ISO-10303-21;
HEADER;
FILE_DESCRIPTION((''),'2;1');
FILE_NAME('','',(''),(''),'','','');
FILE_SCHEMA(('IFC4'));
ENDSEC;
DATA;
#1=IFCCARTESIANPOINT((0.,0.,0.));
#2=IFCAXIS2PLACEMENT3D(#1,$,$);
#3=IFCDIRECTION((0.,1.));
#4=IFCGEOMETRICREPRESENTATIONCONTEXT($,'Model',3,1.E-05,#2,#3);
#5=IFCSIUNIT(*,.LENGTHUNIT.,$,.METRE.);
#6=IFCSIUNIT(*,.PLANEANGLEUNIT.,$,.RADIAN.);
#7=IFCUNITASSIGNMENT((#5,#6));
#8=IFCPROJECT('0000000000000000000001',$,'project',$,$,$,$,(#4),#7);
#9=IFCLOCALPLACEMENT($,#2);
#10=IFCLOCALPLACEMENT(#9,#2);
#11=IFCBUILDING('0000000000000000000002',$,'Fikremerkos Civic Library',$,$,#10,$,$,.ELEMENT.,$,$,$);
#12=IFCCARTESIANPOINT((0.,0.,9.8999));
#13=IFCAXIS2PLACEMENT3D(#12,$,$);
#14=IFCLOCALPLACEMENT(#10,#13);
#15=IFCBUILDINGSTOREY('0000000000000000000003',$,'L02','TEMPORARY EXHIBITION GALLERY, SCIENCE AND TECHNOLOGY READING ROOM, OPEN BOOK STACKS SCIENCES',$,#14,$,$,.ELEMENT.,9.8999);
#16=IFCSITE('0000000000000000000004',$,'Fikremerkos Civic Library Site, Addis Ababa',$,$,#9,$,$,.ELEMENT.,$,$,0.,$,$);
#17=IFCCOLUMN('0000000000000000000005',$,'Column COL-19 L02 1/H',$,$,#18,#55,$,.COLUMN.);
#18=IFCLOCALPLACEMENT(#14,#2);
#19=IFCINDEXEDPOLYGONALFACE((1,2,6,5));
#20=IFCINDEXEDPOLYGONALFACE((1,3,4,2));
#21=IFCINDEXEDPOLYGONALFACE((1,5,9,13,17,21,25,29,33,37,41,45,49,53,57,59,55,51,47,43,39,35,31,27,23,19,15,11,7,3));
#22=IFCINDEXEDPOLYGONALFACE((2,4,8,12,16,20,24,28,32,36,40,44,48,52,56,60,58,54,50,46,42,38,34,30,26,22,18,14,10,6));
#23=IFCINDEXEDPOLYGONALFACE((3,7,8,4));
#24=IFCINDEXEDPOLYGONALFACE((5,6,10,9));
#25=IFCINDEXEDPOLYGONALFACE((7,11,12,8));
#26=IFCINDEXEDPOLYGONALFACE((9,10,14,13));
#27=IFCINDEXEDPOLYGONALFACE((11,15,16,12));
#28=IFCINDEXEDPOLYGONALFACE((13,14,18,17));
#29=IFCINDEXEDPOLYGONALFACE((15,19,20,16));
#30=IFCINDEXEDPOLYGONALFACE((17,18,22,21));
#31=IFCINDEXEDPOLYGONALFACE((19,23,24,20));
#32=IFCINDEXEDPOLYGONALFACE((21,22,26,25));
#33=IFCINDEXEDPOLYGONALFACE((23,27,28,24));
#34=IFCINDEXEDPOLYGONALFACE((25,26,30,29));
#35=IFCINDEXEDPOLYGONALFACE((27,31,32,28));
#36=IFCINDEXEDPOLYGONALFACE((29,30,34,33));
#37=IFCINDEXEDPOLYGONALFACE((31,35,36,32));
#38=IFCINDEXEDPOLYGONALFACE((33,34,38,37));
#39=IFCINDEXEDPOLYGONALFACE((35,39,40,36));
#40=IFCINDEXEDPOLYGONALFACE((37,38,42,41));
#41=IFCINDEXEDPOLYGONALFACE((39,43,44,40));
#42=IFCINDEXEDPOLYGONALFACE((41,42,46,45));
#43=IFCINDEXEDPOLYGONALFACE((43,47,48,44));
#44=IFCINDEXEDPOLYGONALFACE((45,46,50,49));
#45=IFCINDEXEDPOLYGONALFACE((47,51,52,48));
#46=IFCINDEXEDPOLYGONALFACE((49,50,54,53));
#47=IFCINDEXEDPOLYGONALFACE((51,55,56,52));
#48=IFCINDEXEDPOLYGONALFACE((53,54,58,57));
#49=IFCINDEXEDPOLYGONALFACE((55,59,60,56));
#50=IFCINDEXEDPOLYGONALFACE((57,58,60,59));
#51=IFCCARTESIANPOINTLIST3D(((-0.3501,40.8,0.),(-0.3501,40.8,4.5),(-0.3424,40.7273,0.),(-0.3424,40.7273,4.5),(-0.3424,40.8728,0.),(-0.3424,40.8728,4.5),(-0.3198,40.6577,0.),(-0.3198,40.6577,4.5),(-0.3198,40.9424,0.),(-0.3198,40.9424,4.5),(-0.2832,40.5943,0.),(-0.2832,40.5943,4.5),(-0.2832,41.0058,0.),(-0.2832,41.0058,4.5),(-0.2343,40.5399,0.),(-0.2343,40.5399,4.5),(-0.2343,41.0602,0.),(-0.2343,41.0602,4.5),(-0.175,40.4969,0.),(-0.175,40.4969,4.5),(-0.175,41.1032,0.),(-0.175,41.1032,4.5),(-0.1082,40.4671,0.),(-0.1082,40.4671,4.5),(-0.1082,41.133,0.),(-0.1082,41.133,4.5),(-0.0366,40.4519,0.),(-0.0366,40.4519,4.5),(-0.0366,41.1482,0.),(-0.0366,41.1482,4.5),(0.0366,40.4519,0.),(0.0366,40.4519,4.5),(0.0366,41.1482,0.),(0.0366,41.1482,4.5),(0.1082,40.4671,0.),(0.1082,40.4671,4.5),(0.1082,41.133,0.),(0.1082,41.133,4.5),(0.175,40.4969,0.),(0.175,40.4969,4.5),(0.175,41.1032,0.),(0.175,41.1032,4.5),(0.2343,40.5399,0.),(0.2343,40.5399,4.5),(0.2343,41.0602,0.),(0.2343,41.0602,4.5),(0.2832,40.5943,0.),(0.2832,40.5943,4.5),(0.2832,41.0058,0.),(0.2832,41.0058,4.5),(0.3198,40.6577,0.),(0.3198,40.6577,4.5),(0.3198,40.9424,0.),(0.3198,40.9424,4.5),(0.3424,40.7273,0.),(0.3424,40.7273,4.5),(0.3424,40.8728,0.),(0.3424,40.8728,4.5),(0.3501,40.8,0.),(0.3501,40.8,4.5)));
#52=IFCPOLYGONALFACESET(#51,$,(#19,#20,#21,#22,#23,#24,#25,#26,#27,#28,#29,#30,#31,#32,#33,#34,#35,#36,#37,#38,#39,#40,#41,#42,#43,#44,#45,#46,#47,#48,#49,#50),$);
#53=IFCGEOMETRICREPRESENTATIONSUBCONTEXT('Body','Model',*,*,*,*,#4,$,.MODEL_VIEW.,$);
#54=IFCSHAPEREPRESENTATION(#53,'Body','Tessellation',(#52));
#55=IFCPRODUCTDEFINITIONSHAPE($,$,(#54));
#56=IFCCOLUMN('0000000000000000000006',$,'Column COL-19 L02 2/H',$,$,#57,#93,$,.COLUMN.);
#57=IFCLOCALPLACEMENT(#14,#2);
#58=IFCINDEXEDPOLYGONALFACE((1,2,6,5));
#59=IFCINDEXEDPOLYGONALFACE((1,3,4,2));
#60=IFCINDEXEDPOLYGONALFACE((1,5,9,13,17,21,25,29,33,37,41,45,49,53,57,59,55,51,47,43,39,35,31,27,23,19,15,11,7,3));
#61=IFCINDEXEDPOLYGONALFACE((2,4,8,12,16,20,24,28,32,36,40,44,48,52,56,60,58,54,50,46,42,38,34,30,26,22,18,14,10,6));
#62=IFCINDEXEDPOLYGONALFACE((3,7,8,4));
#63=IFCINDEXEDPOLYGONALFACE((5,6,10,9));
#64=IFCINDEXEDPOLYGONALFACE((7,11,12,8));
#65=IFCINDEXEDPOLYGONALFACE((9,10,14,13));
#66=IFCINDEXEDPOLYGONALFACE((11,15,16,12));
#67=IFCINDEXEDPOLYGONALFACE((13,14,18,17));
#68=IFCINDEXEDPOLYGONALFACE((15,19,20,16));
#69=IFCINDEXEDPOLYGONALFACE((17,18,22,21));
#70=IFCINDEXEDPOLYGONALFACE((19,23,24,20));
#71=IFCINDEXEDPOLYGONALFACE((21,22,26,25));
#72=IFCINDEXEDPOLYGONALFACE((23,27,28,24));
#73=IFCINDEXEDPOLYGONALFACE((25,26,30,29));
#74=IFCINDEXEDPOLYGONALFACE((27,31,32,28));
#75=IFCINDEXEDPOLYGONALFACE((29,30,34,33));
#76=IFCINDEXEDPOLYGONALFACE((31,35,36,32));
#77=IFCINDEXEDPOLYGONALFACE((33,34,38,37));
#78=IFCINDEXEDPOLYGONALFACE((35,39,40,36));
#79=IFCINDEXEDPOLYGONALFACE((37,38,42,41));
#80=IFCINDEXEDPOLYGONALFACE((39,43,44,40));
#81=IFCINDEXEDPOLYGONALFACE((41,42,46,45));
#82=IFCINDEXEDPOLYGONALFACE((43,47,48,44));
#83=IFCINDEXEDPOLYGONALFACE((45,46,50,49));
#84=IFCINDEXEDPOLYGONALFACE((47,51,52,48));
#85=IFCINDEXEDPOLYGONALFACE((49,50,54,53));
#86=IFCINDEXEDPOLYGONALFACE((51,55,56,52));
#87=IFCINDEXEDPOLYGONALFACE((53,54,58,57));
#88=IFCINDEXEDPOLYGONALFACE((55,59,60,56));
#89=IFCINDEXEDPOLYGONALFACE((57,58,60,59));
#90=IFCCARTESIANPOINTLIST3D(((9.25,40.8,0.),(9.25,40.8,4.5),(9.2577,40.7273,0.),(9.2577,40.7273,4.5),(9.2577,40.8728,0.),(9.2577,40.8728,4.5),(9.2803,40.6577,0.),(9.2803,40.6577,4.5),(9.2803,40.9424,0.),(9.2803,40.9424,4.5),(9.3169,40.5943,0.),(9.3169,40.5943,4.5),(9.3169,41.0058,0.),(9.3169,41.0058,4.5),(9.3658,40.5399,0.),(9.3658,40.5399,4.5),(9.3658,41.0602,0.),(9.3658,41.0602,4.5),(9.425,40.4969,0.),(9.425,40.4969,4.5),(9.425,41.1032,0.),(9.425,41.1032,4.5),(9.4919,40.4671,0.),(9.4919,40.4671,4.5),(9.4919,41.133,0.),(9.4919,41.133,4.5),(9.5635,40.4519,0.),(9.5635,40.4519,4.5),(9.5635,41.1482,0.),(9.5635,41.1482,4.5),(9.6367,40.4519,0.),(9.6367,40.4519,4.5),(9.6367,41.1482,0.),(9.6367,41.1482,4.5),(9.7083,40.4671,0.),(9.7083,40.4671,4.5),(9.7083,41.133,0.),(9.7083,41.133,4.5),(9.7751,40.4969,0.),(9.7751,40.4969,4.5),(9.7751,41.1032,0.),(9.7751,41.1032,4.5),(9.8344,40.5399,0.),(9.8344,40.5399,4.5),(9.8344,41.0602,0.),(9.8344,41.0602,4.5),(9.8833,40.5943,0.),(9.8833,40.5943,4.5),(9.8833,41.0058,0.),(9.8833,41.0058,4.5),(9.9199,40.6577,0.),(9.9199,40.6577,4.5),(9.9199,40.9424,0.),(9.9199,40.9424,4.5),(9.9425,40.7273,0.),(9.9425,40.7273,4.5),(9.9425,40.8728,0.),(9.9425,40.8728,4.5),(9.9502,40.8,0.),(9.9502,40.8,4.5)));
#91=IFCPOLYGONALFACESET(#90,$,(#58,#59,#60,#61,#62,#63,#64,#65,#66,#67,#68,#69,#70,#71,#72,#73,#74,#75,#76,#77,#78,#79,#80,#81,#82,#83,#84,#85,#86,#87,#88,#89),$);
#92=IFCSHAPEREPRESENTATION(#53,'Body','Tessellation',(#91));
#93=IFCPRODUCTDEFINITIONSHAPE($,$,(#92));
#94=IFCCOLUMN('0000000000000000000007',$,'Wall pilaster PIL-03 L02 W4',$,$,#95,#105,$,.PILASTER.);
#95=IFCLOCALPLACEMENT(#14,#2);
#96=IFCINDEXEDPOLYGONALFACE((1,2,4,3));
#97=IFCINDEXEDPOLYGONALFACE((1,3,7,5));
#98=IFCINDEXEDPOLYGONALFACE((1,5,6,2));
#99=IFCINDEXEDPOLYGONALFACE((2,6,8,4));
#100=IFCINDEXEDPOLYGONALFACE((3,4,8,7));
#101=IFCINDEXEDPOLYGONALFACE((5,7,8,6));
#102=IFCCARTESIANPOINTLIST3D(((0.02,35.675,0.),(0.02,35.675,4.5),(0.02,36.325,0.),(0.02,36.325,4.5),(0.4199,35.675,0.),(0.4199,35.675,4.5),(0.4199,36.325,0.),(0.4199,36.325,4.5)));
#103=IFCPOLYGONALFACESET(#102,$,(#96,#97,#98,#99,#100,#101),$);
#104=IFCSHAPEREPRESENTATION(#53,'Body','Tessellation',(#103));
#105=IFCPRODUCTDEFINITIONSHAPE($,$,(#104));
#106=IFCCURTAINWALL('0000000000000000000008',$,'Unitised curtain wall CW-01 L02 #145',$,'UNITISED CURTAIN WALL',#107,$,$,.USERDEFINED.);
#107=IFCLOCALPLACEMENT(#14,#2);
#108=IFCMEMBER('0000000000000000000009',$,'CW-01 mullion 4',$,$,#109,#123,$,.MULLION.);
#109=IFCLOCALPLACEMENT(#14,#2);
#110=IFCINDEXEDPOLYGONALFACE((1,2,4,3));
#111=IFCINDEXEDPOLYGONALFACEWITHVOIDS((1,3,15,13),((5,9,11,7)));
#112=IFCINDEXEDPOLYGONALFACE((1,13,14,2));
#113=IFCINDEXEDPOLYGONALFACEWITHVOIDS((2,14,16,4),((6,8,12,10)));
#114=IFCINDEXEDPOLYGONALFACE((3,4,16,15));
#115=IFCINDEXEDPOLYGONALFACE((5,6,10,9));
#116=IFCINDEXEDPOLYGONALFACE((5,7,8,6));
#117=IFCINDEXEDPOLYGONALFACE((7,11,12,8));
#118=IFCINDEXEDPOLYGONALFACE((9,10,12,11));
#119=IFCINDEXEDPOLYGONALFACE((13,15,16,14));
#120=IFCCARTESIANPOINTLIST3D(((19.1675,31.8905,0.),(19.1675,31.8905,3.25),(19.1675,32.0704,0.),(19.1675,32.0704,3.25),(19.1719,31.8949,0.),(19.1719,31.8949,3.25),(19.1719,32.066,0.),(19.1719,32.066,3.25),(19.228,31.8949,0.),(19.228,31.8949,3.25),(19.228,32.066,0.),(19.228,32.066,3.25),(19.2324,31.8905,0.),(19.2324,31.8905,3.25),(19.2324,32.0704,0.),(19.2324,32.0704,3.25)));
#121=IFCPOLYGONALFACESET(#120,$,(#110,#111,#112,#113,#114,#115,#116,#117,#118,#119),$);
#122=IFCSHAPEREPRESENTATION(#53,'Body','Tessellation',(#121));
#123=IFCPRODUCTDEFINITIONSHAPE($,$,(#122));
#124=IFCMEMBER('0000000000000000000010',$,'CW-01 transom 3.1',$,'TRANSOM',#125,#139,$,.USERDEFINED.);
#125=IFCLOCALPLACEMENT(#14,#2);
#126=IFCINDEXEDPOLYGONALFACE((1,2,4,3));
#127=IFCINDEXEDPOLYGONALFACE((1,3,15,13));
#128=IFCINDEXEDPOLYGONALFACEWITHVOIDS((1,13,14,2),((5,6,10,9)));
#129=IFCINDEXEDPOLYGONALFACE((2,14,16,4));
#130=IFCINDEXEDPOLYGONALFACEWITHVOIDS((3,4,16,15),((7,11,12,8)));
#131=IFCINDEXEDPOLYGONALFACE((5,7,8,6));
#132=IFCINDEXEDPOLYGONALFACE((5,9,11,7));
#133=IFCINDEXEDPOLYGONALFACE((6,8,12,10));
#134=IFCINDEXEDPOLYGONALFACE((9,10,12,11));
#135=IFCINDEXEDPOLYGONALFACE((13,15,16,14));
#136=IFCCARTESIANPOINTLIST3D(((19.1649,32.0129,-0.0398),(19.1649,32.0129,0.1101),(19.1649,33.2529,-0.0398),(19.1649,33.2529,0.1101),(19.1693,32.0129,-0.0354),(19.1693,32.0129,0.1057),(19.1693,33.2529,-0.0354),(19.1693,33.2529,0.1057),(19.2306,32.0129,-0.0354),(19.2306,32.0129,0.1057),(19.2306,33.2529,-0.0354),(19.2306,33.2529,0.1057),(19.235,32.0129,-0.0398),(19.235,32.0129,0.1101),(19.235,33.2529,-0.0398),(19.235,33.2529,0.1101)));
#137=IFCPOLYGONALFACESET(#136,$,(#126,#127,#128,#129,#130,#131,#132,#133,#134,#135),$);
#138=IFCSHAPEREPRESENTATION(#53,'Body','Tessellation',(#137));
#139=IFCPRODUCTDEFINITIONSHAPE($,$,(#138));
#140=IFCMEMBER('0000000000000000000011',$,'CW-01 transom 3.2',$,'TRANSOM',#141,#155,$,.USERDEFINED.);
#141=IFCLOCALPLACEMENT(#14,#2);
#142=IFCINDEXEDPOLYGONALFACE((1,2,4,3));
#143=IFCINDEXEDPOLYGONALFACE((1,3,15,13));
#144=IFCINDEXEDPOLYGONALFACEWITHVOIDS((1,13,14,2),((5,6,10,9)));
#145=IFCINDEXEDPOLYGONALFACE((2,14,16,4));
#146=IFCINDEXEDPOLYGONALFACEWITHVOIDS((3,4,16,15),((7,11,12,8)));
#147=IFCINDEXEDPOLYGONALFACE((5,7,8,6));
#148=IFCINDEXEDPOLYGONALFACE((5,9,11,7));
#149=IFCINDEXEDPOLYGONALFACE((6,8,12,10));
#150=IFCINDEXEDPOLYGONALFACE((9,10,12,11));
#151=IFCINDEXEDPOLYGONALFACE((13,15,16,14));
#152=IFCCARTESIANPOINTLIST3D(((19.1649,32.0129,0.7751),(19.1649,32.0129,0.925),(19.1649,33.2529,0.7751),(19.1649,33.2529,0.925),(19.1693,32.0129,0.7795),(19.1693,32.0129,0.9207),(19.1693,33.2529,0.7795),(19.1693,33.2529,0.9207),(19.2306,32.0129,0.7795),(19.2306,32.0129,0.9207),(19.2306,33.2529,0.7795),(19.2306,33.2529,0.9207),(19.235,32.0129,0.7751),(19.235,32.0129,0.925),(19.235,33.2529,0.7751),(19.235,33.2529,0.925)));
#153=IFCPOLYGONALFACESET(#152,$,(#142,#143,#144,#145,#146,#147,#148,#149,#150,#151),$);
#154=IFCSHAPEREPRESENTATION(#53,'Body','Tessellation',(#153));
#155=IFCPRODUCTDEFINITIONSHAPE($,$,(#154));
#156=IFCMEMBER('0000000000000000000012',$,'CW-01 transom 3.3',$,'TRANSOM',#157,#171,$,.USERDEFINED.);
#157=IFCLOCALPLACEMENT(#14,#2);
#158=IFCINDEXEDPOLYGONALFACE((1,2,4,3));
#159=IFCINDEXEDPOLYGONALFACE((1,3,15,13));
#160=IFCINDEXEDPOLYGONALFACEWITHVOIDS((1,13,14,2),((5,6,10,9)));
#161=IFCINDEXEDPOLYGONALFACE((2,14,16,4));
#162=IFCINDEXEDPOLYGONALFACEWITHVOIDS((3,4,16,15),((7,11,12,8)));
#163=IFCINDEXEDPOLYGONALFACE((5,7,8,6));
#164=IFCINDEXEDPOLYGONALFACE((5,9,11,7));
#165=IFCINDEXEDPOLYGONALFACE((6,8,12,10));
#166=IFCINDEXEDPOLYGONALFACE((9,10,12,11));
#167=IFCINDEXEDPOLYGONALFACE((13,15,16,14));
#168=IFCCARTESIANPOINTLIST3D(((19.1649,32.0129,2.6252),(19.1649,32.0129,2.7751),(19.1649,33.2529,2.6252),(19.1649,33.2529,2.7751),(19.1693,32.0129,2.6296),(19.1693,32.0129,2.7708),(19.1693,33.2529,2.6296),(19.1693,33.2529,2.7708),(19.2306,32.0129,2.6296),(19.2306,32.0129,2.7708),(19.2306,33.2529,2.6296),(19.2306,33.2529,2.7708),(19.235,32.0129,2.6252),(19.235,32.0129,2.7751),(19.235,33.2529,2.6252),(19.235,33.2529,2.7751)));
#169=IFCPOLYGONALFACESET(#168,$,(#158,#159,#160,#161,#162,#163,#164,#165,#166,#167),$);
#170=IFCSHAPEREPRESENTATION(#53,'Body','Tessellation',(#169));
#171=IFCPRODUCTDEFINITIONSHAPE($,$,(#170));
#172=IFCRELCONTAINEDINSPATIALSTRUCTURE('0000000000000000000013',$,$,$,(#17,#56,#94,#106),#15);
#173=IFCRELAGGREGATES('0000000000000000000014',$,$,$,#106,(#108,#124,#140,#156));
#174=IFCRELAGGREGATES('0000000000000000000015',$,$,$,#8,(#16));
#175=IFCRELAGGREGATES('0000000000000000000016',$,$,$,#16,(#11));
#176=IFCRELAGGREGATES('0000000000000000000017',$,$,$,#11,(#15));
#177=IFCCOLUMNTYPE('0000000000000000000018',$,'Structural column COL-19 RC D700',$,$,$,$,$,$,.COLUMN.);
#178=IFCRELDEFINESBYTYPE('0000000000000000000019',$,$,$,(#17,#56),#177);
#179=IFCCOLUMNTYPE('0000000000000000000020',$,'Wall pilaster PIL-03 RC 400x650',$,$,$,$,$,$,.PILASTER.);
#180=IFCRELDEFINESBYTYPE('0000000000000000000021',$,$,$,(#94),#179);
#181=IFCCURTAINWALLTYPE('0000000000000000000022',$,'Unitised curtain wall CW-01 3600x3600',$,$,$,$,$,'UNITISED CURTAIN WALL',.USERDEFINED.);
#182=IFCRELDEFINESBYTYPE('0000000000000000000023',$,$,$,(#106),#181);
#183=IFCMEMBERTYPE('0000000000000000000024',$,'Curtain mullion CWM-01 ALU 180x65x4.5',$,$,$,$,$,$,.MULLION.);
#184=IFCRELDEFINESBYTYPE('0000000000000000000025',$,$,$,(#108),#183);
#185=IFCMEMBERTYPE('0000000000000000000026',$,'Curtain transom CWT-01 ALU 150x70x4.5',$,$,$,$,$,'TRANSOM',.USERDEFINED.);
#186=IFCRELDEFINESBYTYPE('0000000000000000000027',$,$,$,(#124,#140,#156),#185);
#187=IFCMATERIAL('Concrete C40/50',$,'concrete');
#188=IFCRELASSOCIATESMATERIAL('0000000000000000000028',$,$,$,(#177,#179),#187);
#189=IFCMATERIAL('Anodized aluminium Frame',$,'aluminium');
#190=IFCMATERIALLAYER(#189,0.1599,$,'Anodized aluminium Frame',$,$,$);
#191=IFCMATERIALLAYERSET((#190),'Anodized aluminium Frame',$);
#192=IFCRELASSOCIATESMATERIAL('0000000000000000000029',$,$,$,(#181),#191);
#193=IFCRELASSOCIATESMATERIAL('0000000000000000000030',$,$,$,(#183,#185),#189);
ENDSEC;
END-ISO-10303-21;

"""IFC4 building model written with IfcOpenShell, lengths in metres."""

from ifc_helpers import new_model, si_unit, direction, frame, origin, origin_2d, place, context, subcontext, project, spatial, rectangle, hollow_rectangle, circle, extrude, material, layer, layer_set, material_profile, profile_set, type_object, element, aggregate, save


model = new_model("IFC4")

# Units and contexts
model_context = context("Model", 3, precision=1e-05, world=origin(), true_north=direction((0.0, 1.0)))
body_context = subcontext(model_context, "Body", "Model", "MODEL_VIEW")
ifc_project = project(units=[si_unit("LENGTHUNIT", "METRE"), si_unit("PLANEANGLEUNIT", "RADIAN")], contexts=[model_context])

# Site, building, storey
site_placement = place(None, origin())
site = spatial("IfcSite", under=ifc_project, at=site_placement, Name="Fikremerkos Civic Library Site, Addis Ababa", CompositionType="ELEMENT", RefElevation=0.0)
building_placement = place(site_placement, origin())
building = spatial("IfcBuilding", under=site, at=building_placement, Name="Fikremerkos Civic Library", CompositionType="ELEMENT")
storey_placement = place(building_placement, frame((0.0, 0.0, 9.8999)))
storey = spatial("IfcBuildingStorey", under=building, at=storey_placement, Name="L02", Description="TEMPORARY EXHIBITION GALLERY, SCIENCE AND TECHNOLOGY READING ROOM, OPEN BOOK STACKS SCIENCES", CompositionType="ELEMENT", Elevation=9.8999)

# Columns
ifc_material_1 = material(Name="Concrete C40/50", Category="concrete")
ifc_material_profile_1 = material_profile(ifc_material_1, circle(Radius=0.3501, at=origin_2d()), Name="RC D700")
ifc_profile_set_1 = profile_set([ifc_material_profile_1], Name="Concrete C40/50")
column_type_1 = type_object("IfcColumnType", Name="Structural column COL-19 RC D700", PredefinedType="COLUMN", material=ifc_profile_set_1)
for number, where, z_axis, x_axis, name in (
    (1, (0.0, 40.8, 0.0), (0.0, 0.0, 1.0), (1.0, 0.0, 0.0), "Column COL-19 L02 1/H"),
    (2, (9.6001, 40.8, 0.0), (0.0, 0.0, 1.0), (1.0, 0.0, 0.0), "Column COL-19 L02 2/H"),
):
    element("IfcColumn", number, at=place(storey_placement, frame(where, z_axis=z_axis, x_axis=x_axis)), inside=storey, type_object=column_type_1, Name=name, PredefinedType="COLUMN", context=body_context, shape_type="SweptSolid", body=[
        extrude(circle(Radius=0.3501, at=origin_2d()), origin(), (0.0, 0.0, 1.0), 4.5),
    ])
ifc_material_profile_2 = material_profile(ifc_material_1, rectangle(XDim=0.3999, YDim=0.6499, at=origin_2d()), Name="RC 400x650")
ifc_profile_set_2 = profile_set([ifc_material_profile_2], Name="Concrete C40/50")
column_type_2 = type_object("IfcColumnType", Name="Wall pilaster PIL-03 RC 400x650", PredefinedType="PILASTER", material=ifc_profile_set_2)
column_placement = place(storey_placement, frame((0.22, 36.0, 0.0), z_axis=(0.0, 0.0, 1.0), x_axis=(1.0, 0.0, 0.0)))
element("IfcColumn", 3, at=column_placement, inside=storey, type_object=column_type_2, Name="Wall pilaster PIL-03 L02 W4", PredefinedType="PILASTER", context=body_context, shape_type="SweptSolid", body=[
    extrude(rectangle(XDim=0.3999, YDim=0.6499, at=origin_2d()), origin(), (0.0, 0.0, 1.0), 4.5),
])

# Curtain wall, members
ifc_material_2 = material(Name="Anodized aluminium Frame", Category="aluminium")
ifc_layer_1 = layer(ifc_material_2, 0.1599, Name="Anodized aluminium Frame")
ifc_layer_set_1 = layer_set([ifc_layer_1], Name="Anodized aluminium Frame")
curtain_wall_type = type_object("IfcCurtainWallType", Name="Unitised curtain wall CW-01 3600x3600", ElementType="UNITISED CURTAIN WALL", PredefinedType="USERDEFINED", material=ifc_layer_set_1)
curtain_wall_placement = place(storey_placement, origin())
curtain_wall = element("IfcCurtainWall", 4, at=curtain_wall_placement, inside=storey, type_object=curtain_wall_type, Name="Unitised curtain wall CW-01 L02 #145", ObjectType="UNITISED CURTAIN WALL", PredefinedType="USERDEFINED")
ifc_material_profile_3 = material_profile(ifc_material_2, hollow_rectangle(XDim=0.0649, YDim=0.1799, WallThickness=0.0044, at=origin_2d()), Name="ALU 180x65x4.5")
ifc_profile_set_3 = profile_set([ifc_material_profile_3], Name="Anodized aluminium Frame")
member_type_1 = type_object("IfcMemberType", Name="Curtain mullion CWM-01 ALU 180x65x4.5", PredefinedType="MULLION", material=ifc_profile_set_3)
member_1_placement = place(storey_placement, frame((19.2, 31.9805, 0.0), z_axis=(0.0, 0.0, 1.0), x_axis=(1.0, 0.0, 0.0)))
member_1 = element("IfcMember", 5, at=member_1_placement, type_object=member_type_1, Name="CW-01 mullion 4", PredefinedType="MULLION", context=body_context, shape_type="SweptSolid", body=[
    extrude(hollow_rectangle(XDim=0.0649, YDim=0.1799, WallThickness=0.0044, at=origin_2d()), origin(), (0.0, 0.0, 1.0), 3.25),
])
ifc_material_profile_4 = material_profile(ifc_material_2, hollow_rectangle(XDim=0.0701, YDim=0.1499, WallThickness=0.0044, at=origin_2d()), Name="ALU 150x70x4.5")
ifc_profile_set_4 = profile_set([ifc_material_profile_4], Name="Anodized aluminium Frame")
member_type_2 = type_object("IfcMemberType", Name="Curtain transom CWT-01 ALU 150x70x4.5", ElementType="TRANSOM", PredefinedType="USERDEFINED", material=ifc_profile_set_4)
member_2_placement = place(storey_placement, frame((19.2, 33.2529, 0.0352), z_axis=(0.0, -1.0, 0.0), x_axis=(1.0, 0.0, 0.0)))
member_2 = element("IfcMember", 6, at=member_2_placement, type_object=member_type_2, Name="CW-01 transom 3.1", ObjectType="TRANSOM", PredefinedType="USERDEFINED", context=body_context, shape_type="SweptSolid", body=[
    extrude(hollow_rectangle(XDim=0.0701, YDim=0.1499, WallThickness=0.0044, at=origin_2d()), origin(), (0.0, 0.0, 1.0), 1.24),
])
member_3_placement = place(storey_placement, frame((19.2, 33.2529, 0.8501), z_axis=(0.0, -1.0, 0.0), x_axis=(1.0, 0.0, 0.0)))
member_3 = element("IfcMember", 7, at=member_3_placement, type_object=member_type_2, Name="CW-01 transom 3.2", ObjectType="TRANSOM", PredefinedType="USERDEFINED", context=body_context, shape_type="SweptSolid", body=[
    extrude(hollow_rectangle(XDim=0.0701, YDim=0.1499, WallThickness=0.0044, at=origin_2d()), origin(), (0.0, 0.0, 1.0), 1.24),
])
member_4_placement = place(storey_placement, frame((19.2, 33.2529, 2.7002), z_axis=(0.0, -1.0, 0.0), x_axis=(1.0, 0.0, 0.0)))
member_4 = element("IfcMember", 8, at=member_4_placement, type_object=member_type_2, Name="CW-01 transom 3.3", ObjectType="TRANSOM", PredefinedType="USERDEFINED", context=body_context, shape_type="SweptSolid", body=[
    extrude(hollow_rectangle(XDim=0.0701, YDim=0.1499, WallThickness=0.0044, at=origin_2d()), origin(), (0.0, 0.0, 1.0), 1.24),
])

aggregate(curtain_wall, [member_1, member_2, member_3, member_4])

save(model, "model.ifc")
